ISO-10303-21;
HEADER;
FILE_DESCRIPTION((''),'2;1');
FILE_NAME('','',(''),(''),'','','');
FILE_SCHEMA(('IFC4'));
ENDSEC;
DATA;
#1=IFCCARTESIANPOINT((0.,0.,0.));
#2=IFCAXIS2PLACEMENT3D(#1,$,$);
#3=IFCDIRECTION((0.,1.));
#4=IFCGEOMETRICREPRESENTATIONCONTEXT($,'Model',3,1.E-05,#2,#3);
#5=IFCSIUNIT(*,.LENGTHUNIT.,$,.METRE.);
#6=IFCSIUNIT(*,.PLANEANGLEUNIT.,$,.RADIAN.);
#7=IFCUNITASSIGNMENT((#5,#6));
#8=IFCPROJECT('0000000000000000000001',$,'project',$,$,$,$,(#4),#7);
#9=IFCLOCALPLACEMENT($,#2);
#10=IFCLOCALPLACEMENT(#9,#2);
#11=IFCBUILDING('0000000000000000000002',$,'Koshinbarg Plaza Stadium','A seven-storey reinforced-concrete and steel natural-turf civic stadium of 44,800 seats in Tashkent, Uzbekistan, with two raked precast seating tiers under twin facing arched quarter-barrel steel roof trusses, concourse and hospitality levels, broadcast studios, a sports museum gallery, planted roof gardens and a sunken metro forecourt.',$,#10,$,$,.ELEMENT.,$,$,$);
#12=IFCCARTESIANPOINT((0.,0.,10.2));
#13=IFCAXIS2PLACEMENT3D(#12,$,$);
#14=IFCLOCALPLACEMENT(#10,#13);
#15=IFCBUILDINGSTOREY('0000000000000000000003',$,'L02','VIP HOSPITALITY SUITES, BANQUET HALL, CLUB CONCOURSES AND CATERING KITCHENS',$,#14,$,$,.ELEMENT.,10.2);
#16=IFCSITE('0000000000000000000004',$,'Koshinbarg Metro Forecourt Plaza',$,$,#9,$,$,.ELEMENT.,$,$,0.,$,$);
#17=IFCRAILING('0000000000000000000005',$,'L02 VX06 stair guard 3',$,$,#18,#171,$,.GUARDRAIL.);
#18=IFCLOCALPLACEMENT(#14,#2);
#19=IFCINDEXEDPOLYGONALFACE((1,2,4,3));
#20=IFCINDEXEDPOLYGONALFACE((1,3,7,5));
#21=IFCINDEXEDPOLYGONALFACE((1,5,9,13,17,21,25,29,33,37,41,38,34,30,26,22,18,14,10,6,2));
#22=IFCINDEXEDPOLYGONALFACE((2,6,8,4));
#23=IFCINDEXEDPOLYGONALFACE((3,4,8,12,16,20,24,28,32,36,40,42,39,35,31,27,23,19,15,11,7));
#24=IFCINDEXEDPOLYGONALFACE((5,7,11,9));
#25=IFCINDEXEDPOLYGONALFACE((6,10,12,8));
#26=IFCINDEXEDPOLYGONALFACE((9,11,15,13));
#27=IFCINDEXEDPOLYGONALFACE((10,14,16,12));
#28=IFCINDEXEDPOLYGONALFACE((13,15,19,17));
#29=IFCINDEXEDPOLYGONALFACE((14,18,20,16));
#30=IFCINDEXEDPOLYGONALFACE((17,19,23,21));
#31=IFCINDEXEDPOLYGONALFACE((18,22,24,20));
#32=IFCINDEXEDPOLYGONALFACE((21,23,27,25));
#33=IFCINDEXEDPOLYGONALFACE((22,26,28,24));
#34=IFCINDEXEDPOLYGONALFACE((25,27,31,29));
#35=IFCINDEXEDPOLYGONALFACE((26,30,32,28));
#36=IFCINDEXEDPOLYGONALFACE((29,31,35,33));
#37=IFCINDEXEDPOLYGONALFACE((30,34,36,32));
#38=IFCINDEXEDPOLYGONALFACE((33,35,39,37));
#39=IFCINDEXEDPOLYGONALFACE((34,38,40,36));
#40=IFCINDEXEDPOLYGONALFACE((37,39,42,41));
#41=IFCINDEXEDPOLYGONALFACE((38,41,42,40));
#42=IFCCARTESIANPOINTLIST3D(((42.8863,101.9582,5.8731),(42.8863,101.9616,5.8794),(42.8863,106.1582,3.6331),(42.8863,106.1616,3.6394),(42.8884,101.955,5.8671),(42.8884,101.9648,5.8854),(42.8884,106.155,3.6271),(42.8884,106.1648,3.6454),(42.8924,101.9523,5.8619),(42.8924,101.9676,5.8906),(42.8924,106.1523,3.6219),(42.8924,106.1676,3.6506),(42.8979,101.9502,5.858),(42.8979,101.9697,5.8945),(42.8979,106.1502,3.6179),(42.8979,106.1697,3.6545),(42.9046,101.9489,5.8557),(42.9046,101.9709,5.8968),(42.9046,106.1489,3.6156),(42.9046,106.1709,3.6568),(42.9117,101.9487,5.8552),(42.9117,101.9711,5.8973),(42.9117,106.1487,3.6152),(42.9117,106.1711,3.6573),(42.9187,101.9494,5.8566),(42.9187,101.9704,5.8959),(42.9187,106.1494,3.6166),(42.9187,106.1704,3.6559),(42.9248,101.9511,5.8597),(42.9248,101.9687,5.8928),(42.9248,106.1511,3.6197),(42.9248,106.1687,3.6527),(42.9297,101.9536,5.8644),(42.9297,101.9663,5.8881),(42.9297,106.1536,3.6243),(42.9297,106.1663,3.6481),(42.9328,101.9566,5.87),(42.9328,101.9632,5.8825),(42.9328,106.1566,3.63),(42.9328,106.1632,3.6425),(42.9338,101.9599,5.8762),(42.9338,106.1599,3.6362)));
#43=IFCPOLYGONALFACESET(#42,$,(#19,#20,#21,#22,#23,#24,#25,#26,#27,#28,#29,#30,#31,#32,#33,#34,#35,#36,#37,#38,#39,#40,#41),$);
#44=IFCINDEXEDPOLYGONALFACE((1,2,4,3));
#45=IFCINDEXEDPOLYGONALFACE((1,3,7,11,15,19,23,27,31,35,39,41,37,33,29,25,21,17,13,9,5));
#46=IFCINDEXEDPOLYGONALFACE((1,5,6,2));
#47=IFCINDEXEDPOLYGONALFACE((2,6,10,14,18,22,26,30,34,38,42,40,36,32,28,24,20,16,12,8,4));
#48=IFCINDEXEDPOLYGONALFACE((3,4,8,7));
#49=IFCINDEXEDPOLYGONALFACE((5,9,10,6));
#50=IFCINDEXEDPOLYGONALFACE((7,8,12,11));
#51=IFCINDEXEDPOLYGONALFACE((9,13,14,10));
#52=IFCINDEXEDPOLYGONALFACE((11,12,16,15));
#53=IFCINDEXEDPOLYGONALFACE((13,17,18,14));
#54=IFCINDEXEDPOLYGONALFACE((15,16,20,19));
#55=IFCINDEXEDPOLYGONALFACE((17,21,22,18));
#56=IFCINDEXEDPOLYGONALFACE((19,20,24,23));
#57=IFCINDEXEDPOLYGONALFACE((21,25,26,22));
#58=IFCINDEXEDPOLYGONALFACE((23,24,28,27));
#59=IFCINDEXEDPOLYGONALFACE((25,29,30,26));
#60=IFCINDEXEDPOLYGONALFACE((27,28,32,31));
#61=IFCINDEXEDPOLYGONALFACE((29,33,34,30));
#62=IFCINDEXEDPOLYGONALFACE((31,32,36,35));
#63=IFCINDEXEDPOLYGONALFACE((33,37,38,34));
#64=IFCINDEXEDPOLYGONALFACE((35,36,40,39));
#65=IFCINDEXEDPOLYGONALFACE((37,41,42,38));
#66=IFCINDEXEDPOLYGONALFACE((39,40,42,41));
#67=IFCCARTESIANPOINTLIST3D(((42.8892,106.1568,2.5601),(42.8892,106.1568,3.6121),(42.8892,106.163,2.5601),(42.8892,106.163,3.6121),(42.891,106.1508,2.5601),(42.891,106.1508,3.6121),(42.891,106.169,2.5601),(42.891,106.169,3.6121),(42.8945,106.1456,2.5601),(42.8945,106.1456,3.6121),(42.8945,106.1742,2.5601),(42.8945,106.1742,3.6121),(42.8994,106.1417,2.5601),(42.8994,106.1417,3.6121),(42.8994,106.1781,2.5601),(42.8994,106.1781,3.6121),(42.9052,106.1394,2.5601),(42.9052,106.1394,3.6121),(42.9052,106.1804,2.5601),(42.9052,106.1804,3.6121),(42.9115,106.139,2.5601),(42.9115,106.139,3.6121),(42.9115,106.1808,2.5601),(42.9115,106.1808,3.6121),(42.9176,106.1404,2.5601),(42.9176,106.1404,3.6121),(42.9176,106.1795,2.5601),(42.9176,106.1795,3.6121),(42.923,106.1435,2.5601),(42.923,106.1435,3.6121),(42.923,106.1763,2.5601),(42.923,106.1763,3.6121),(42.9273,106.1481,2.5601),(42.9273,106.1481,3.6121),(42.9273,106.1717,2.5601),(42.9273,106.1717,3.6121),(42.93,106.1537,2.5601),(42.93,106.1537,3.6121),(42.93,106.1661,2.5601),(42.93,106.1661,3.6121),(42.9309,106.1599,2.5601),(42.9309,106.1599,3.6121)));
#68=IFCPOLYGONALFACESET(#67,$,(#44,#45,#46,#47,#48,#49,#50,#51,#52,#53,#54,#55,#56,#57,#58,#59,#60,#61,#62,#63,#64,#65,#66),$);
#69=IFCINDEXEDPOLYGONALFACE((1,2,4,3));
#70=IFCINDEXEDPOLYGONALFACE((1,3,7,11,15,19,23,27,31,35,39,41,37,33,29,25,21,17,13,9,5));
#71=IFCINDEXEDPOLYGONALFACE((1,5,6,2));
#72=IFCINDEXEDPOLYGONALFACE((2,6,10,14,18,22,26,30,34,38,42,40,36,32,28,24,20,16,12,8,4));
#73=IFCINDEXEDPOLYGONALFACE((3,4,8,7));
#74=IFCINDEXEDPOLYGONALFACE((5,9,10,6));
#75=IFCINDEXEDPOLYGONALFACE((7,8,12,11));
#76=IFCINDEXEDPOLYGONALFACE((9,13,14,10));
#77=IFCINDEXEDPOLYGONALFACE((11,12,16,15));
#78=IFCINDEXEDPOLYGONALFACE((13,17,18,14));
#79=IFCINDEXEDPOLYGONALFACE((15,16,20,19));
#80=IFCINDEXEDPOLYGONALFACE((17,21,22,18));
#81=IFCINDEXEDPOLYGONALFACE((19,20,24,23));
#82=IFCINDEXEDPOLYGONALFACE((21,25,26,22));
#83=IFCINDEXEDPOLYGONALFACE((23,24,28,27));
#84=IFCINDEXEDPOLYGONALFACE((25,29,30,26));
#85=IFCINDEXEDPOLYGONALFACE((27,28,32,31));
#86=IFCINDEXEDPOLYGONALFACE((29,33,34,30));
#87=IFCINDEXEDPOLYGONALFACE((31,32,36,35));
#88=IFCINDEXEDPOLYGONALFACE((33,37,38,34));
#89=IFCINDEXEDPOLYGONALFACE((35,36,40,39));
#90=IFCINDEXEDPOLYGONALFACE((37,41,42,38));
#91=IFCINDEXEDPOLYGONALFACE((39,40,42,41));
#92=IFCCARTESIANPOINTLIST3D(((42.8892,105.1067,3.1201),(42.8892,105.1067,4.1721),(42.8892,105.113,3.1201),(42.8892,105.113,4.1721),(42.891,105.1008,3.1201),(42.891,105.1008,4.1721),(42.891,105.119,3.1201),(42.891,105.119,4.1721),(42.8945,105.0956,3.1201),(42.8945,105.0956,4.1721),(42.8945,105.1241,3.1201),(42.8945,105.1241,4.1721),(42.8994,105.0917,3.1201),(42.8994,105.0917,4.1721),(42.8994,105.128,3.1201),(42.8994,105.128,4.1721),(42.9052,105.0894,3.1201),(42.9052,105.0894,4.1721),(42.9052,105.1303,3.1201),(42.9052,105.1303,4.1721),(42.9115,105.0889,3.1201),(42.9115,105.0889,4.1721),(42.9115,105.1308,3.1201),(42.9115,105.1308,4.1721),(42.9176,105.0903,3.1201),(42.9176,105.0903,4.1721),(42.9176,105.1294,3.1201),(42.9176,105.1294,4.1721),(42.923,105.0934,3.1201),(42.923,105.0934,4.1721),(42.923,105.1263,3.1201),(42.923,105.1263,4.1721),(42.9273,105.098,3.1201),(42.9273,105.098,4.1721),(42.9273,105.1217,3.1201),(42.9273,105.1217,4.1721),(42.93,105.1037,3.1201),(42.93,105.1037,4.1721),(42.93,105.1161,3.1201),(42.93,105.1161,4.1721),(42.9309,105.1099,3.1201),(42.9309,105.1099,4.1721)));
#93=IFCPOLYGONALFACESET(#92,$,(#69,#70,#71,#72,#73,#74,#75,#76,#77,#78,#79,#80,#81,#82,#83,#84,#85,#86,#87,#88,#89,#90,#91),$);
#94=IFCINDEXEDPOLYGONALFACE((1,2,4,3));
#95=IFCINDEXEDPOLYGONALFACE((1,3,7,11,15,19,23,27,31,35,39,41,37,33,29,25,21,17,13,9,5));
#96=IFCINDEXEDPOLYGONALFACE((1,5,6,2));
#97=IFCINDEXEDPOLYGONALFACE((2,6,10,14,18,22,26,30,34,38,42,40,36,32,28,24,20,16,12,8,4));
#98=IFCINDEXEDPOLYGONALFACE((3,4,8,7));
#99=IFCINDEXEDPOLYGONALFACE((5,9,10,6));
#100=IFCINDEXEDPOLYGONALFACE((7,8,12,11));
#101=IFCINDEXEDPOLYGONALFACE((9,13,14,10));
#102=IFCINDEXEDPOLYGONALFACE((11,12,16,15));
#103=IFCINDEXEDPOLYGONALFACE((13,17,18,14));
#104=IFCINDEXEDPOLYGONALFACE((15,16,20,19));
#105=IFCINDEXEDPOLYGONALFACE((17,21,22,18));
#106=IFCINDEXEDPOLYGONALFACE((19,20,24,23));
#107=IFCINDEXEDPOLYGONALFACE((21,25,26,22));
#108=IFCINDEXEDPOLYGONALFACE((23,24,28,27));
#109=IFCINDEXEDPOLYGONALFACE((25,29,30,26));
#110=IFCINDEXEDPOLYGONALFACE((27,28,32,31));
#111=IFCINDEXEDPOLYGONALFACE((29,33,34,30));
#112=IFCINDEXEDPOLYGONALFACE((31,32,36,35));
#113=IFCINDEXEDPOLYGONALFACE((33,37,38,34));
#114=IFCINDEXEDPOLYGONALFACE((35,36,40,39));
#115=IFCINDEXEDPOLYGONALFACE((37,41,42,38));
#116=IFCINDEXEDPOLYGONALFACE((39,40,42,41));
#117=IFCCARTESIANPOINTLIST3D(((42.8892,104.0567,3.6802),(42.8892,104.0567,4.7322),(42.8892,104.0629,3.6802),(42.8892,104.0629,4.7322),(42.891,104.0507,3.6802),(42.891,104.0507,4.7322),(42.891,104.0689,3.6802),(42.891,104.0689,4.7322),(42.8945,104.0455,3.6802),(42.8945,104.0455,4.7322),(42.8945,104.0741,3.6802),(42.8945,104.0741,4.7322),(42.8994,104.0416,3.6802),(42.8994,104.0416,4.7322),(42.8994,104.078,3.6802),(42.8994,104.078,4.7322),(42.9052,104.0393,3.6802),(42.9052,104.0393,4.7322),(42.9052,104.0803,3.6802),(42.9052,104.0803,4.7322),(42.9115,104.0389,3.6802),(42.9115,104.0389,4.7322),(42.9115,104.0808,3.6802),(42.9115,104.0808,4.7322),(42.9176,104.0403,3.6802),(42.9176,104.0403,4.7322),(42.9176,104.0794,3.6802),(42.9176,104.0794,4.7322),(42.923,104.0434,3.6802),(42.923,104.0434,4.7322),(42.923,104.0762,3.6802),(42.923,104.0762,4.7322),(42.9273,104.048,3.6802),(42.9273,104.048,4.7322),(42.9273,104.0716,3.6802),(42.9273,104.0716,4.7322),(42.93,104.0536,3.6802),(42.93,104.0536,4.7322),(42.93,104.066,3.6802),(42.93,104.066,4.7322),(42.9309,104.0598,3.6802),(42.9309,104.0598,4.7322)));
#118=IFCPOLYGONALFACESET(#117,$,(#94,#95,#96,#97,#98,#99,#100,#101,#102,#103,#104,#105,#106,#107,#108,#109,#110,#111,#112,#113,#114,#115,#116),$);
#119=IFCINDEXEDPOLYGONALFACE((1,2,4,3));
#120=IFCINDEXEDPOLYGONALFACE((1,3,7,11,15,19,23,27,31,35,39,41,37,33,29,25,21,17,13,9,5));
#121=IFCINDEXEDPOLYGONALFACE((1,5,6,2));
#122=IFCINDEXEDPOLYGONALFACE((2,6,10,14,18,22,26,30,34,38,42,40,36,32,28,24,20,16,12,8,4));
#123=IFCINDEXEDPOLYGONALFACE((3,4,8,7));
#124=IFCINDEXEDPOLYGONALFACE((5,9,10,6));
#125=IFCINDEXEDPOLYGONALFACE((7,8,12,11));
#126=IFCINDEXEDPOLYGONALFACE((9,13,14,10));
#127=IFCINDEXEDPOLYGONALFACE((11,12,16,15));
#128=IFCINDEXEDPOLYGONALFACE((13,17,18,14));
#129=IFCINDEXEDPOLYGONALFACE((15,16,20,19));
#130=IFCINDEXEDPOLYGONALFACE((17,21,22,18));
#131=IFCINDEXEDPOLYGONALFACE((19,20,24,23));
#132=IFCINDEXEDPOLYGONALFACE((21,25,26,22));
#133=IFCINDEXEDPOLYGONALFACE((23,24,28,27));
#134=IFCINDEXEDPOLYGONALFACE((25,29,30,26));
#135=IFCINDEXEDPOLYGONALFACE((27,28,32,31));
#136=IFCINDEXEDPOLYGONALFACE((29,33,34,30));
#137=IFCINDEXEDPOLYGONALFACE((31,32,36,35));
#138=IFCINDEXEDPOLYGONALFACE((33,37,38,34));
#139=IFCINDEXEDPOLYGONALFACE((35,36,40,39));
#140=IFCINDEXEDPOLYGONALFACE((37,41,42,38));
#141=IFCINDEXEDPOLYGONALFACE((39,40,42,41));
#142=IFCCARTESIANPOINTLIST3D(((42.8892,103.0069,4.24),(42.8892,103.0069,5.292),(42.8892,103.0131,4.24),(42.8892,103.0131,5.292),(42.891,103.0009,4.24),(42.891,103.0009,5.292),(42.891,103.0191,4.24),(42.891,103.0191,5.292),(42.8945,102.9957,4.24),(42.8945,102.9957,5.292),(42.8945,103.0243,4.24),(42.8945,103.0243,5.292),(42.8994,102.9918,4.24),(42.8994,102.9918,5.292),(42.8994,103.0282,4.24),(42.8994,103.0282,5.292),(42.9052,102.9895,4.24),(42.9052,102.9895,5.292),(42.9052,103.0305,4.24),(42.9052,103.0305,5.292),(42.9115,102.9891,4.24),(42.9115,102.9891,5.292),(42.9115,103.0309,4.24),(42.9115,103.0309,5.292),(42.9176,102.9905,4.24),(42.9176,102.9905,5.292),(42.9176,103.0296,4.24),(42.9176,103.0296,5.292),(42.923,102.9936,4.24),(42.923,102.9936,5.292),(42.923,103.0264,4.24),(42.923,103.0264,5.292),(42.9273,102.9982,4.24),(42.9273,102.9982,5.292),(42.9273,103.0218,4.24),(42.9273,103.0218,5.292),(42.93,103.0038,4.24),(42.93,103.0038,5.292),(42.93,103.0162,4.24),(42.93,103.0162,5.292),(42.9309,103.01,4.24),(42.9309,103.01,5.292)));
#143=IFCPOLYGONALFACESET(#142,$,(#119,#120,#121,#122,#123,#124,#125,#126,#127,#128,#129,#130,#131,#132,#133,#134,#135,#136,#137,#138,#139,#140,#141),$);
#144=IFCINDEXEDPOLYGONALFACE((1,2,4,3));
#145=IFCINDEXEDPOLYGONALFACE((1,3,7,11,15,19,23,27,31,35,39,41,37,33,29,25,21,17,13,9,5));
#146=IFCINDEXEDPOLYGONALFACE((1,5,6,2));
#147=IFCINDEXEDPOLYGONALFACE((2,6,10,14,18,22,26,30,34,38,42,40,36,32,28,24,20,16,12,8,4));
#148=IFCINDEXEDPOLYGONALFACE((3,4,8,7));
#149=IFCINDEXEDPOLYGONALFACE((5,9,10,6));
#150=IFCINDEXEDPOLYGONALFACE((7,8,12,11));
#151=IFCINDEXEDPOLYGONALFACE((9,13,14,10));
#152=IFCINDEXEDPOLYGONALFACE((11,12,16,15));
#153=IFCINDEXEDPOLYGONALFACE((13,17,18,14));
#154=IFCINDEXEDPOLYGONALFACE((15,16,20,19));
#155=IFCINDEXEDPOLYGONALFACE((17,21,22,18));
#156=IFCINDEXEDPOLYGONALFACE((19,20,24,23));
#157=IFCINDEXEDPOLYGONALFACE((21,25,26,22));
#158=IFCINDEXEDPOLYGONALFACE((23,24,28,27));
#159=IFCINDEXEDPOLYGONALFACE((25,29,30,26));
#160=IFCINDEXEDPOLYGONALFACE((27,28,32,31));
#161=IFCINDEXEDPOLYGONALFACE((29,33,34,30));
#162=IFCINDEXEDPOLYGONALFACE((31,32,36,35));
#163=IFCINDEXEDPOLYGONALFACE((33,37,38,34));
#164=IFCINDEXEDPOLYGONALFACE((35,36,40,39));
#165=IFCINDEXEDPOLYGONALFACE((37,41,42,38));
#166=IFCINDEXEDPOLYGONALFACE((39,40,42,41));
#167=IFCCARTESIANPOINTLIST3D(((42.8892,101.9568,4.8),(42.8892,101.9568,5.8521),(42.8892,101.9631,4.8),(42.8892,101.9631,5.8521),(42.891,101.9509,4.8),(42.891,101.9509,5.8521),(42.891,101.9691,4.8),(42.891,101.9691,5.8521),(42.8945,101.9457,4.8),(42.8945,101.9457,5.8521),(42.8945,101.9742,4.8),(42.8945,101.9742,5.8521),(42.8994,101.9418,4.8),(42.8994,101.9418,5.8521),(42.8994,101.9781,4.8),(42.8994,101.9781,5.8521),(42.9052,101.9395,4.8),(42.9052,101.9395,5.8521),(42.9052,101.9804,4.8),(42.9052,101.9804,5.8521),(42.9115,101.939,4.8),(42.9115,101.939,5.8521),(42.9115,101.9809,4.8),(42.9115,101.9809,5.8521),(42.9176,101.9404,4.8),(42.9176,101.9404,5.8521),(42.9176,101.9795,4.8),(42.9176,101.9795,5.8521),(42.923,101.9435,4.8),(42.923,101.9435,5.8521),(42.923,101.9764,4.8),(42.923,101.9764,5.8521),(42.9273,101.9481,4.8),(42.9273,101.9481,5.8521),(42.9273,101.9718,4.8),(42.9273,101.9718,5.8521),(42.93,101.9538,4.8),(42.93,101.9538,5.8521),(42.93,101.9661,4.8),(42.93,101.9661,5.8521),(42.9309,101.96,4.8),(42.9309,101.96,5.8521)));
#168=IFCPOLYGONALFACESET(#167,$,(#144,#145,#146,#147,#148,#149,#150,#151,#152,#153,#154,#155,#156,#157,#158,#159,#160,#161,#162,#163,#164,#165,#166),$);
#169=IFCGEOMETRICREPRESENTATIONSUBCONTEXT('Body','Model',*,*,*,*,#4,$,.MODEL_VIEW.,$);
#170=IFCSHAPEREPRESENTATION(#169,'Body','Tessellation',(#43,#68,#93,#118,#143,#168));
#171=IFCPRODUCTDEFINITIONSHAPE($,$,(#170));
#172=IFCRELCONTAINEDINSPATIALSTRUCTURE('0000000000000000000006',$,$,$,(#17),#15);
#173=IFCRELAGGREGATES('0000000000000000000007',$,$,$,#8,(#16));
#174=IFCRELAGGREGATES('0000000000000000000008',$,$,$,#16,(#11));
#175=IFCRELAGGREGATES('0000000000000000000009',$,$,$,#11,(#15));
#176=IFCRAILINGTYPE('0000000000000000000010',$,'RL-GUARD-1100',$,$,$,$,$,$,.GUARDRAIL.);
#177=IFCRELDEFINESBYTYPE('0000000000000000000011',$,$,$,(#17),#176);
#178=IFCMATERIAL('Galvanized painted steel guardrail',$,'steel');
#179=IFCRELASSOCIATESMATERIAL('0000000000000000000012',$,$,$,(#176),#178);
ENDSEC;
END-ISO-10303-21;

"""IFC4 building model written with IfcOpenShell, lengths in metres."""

from ifc_helpers import new_model, si_unit, direction, frame, origin, origin_2d, place, context, subcontext, project, spatial, circle, extrude, material, type_object, element, save


model = new_model("IFC4")

# Units and contexts
model_context = context("Model", 3, precision=1e-05, world=origin(), true_north=direction((0.0, 1.0)))
body_context = subcontext(model_context, "Body", "Model", "MODEL_VIEW")
ifc_project = project(units=[si_unit("LENGTHUNIT", "METRE"), si_unit("PLANEANGLEUNIT", "RADIAN")], contexts=[model_context])

# Site, building, storey
site_placement = place(None, origin())
site = spatial("IfcSite", under=ifc_project, at=site_placement, Name="Koshinbarg Metro Forecourt Plaza", CompositionType="ELEMENT", RefElevation=0.0)
building_placement = place(site_placement, origin())
building = spatial("IfcBuilding", under=site, at=building_placement, Name="Koshinbarg Plaza Stadium", Description="A seven-storey reinforced-concrete and steel natural-turf civic stadium of 44,800 seats in Tashkent, Uzbekistan, with two raked precast seating tiers under twin facing arched quarter-barrel steel roof trusses, concourse and hospitality levels, broadcast studios, a sports museum gallery, planted roof gardens and a sunken metro forecourt.", CompositionType="ELEMENT")
storey_placement = place(building_placement, frame((0.0, 0.0, 10.2)))
storey = spatial("IfcBuildingStorey", under=building, at=storey_placement, Name="L02", Description="VIP HOSPITALITY SUITES, BANQUET HALL, CLUB CONCOURSES AND CATERING KITCHENS", CompositionType="ELEMENT", Elevation=10.2)

# Railing
ifc_material_1 = material(Name="Galvanized painted steel guardrail", Category="steel")
railing_type_1 = type_object("IfcRailingType", Name="RL-GUARD-1100", PredefinedType="GUARDRAIL", material=ifc_material_1)
railing_1_placement = place(storey_placement, frame((42.9099, 106.1599, 2.5601)))
element("IfcRailing", 1, at=railing_1_placement, inside=storey, type_object=railing_type_1, Name="L02 VX06 stair guard 3", PredefinedType="GUARDRAIL", context=body_context, shape_type="SweptSolid", body=[
    extrude(circle(Radius=0.0239, at=origin_2d()), frame((0.0, 0.0, 1.0762), z_axis=(0.0, -0.882352, 0.470591), x_axis=(1.0, 0.0, 0.0)), (0.0, 0.0, 1.0), 4.76),
    extrude(circle(Radius=0.021, at=origin_2d()), origin(), (0.0, 0.0, 1.0), 1.052),
    extrude(circle(Radius=0.021, at=origin_2d()), frame((0.0, -1.05, 0.5601)), (0.0, 0.0, 1.0), 1.052),
    extrude(circle(Radius=0.021, at=origin_2d()), frame((0.0, -2.1001, 1.1201)), (0.0, 0.0, 1.0), 1.052),
    extrude(circle(Radius=0.021, at=origin_2d()), frame((0.0, -3.1499, 1.6799)), (0.0, 0.0, 1.0), 1.052),
    extrude(circle(Radius=0.021, at=origin_2d()), frame((0.0, -4.2, 2.24)), (0.0, 0.0, 1.0), 1.052),
])

save(model, "model.ifc")
